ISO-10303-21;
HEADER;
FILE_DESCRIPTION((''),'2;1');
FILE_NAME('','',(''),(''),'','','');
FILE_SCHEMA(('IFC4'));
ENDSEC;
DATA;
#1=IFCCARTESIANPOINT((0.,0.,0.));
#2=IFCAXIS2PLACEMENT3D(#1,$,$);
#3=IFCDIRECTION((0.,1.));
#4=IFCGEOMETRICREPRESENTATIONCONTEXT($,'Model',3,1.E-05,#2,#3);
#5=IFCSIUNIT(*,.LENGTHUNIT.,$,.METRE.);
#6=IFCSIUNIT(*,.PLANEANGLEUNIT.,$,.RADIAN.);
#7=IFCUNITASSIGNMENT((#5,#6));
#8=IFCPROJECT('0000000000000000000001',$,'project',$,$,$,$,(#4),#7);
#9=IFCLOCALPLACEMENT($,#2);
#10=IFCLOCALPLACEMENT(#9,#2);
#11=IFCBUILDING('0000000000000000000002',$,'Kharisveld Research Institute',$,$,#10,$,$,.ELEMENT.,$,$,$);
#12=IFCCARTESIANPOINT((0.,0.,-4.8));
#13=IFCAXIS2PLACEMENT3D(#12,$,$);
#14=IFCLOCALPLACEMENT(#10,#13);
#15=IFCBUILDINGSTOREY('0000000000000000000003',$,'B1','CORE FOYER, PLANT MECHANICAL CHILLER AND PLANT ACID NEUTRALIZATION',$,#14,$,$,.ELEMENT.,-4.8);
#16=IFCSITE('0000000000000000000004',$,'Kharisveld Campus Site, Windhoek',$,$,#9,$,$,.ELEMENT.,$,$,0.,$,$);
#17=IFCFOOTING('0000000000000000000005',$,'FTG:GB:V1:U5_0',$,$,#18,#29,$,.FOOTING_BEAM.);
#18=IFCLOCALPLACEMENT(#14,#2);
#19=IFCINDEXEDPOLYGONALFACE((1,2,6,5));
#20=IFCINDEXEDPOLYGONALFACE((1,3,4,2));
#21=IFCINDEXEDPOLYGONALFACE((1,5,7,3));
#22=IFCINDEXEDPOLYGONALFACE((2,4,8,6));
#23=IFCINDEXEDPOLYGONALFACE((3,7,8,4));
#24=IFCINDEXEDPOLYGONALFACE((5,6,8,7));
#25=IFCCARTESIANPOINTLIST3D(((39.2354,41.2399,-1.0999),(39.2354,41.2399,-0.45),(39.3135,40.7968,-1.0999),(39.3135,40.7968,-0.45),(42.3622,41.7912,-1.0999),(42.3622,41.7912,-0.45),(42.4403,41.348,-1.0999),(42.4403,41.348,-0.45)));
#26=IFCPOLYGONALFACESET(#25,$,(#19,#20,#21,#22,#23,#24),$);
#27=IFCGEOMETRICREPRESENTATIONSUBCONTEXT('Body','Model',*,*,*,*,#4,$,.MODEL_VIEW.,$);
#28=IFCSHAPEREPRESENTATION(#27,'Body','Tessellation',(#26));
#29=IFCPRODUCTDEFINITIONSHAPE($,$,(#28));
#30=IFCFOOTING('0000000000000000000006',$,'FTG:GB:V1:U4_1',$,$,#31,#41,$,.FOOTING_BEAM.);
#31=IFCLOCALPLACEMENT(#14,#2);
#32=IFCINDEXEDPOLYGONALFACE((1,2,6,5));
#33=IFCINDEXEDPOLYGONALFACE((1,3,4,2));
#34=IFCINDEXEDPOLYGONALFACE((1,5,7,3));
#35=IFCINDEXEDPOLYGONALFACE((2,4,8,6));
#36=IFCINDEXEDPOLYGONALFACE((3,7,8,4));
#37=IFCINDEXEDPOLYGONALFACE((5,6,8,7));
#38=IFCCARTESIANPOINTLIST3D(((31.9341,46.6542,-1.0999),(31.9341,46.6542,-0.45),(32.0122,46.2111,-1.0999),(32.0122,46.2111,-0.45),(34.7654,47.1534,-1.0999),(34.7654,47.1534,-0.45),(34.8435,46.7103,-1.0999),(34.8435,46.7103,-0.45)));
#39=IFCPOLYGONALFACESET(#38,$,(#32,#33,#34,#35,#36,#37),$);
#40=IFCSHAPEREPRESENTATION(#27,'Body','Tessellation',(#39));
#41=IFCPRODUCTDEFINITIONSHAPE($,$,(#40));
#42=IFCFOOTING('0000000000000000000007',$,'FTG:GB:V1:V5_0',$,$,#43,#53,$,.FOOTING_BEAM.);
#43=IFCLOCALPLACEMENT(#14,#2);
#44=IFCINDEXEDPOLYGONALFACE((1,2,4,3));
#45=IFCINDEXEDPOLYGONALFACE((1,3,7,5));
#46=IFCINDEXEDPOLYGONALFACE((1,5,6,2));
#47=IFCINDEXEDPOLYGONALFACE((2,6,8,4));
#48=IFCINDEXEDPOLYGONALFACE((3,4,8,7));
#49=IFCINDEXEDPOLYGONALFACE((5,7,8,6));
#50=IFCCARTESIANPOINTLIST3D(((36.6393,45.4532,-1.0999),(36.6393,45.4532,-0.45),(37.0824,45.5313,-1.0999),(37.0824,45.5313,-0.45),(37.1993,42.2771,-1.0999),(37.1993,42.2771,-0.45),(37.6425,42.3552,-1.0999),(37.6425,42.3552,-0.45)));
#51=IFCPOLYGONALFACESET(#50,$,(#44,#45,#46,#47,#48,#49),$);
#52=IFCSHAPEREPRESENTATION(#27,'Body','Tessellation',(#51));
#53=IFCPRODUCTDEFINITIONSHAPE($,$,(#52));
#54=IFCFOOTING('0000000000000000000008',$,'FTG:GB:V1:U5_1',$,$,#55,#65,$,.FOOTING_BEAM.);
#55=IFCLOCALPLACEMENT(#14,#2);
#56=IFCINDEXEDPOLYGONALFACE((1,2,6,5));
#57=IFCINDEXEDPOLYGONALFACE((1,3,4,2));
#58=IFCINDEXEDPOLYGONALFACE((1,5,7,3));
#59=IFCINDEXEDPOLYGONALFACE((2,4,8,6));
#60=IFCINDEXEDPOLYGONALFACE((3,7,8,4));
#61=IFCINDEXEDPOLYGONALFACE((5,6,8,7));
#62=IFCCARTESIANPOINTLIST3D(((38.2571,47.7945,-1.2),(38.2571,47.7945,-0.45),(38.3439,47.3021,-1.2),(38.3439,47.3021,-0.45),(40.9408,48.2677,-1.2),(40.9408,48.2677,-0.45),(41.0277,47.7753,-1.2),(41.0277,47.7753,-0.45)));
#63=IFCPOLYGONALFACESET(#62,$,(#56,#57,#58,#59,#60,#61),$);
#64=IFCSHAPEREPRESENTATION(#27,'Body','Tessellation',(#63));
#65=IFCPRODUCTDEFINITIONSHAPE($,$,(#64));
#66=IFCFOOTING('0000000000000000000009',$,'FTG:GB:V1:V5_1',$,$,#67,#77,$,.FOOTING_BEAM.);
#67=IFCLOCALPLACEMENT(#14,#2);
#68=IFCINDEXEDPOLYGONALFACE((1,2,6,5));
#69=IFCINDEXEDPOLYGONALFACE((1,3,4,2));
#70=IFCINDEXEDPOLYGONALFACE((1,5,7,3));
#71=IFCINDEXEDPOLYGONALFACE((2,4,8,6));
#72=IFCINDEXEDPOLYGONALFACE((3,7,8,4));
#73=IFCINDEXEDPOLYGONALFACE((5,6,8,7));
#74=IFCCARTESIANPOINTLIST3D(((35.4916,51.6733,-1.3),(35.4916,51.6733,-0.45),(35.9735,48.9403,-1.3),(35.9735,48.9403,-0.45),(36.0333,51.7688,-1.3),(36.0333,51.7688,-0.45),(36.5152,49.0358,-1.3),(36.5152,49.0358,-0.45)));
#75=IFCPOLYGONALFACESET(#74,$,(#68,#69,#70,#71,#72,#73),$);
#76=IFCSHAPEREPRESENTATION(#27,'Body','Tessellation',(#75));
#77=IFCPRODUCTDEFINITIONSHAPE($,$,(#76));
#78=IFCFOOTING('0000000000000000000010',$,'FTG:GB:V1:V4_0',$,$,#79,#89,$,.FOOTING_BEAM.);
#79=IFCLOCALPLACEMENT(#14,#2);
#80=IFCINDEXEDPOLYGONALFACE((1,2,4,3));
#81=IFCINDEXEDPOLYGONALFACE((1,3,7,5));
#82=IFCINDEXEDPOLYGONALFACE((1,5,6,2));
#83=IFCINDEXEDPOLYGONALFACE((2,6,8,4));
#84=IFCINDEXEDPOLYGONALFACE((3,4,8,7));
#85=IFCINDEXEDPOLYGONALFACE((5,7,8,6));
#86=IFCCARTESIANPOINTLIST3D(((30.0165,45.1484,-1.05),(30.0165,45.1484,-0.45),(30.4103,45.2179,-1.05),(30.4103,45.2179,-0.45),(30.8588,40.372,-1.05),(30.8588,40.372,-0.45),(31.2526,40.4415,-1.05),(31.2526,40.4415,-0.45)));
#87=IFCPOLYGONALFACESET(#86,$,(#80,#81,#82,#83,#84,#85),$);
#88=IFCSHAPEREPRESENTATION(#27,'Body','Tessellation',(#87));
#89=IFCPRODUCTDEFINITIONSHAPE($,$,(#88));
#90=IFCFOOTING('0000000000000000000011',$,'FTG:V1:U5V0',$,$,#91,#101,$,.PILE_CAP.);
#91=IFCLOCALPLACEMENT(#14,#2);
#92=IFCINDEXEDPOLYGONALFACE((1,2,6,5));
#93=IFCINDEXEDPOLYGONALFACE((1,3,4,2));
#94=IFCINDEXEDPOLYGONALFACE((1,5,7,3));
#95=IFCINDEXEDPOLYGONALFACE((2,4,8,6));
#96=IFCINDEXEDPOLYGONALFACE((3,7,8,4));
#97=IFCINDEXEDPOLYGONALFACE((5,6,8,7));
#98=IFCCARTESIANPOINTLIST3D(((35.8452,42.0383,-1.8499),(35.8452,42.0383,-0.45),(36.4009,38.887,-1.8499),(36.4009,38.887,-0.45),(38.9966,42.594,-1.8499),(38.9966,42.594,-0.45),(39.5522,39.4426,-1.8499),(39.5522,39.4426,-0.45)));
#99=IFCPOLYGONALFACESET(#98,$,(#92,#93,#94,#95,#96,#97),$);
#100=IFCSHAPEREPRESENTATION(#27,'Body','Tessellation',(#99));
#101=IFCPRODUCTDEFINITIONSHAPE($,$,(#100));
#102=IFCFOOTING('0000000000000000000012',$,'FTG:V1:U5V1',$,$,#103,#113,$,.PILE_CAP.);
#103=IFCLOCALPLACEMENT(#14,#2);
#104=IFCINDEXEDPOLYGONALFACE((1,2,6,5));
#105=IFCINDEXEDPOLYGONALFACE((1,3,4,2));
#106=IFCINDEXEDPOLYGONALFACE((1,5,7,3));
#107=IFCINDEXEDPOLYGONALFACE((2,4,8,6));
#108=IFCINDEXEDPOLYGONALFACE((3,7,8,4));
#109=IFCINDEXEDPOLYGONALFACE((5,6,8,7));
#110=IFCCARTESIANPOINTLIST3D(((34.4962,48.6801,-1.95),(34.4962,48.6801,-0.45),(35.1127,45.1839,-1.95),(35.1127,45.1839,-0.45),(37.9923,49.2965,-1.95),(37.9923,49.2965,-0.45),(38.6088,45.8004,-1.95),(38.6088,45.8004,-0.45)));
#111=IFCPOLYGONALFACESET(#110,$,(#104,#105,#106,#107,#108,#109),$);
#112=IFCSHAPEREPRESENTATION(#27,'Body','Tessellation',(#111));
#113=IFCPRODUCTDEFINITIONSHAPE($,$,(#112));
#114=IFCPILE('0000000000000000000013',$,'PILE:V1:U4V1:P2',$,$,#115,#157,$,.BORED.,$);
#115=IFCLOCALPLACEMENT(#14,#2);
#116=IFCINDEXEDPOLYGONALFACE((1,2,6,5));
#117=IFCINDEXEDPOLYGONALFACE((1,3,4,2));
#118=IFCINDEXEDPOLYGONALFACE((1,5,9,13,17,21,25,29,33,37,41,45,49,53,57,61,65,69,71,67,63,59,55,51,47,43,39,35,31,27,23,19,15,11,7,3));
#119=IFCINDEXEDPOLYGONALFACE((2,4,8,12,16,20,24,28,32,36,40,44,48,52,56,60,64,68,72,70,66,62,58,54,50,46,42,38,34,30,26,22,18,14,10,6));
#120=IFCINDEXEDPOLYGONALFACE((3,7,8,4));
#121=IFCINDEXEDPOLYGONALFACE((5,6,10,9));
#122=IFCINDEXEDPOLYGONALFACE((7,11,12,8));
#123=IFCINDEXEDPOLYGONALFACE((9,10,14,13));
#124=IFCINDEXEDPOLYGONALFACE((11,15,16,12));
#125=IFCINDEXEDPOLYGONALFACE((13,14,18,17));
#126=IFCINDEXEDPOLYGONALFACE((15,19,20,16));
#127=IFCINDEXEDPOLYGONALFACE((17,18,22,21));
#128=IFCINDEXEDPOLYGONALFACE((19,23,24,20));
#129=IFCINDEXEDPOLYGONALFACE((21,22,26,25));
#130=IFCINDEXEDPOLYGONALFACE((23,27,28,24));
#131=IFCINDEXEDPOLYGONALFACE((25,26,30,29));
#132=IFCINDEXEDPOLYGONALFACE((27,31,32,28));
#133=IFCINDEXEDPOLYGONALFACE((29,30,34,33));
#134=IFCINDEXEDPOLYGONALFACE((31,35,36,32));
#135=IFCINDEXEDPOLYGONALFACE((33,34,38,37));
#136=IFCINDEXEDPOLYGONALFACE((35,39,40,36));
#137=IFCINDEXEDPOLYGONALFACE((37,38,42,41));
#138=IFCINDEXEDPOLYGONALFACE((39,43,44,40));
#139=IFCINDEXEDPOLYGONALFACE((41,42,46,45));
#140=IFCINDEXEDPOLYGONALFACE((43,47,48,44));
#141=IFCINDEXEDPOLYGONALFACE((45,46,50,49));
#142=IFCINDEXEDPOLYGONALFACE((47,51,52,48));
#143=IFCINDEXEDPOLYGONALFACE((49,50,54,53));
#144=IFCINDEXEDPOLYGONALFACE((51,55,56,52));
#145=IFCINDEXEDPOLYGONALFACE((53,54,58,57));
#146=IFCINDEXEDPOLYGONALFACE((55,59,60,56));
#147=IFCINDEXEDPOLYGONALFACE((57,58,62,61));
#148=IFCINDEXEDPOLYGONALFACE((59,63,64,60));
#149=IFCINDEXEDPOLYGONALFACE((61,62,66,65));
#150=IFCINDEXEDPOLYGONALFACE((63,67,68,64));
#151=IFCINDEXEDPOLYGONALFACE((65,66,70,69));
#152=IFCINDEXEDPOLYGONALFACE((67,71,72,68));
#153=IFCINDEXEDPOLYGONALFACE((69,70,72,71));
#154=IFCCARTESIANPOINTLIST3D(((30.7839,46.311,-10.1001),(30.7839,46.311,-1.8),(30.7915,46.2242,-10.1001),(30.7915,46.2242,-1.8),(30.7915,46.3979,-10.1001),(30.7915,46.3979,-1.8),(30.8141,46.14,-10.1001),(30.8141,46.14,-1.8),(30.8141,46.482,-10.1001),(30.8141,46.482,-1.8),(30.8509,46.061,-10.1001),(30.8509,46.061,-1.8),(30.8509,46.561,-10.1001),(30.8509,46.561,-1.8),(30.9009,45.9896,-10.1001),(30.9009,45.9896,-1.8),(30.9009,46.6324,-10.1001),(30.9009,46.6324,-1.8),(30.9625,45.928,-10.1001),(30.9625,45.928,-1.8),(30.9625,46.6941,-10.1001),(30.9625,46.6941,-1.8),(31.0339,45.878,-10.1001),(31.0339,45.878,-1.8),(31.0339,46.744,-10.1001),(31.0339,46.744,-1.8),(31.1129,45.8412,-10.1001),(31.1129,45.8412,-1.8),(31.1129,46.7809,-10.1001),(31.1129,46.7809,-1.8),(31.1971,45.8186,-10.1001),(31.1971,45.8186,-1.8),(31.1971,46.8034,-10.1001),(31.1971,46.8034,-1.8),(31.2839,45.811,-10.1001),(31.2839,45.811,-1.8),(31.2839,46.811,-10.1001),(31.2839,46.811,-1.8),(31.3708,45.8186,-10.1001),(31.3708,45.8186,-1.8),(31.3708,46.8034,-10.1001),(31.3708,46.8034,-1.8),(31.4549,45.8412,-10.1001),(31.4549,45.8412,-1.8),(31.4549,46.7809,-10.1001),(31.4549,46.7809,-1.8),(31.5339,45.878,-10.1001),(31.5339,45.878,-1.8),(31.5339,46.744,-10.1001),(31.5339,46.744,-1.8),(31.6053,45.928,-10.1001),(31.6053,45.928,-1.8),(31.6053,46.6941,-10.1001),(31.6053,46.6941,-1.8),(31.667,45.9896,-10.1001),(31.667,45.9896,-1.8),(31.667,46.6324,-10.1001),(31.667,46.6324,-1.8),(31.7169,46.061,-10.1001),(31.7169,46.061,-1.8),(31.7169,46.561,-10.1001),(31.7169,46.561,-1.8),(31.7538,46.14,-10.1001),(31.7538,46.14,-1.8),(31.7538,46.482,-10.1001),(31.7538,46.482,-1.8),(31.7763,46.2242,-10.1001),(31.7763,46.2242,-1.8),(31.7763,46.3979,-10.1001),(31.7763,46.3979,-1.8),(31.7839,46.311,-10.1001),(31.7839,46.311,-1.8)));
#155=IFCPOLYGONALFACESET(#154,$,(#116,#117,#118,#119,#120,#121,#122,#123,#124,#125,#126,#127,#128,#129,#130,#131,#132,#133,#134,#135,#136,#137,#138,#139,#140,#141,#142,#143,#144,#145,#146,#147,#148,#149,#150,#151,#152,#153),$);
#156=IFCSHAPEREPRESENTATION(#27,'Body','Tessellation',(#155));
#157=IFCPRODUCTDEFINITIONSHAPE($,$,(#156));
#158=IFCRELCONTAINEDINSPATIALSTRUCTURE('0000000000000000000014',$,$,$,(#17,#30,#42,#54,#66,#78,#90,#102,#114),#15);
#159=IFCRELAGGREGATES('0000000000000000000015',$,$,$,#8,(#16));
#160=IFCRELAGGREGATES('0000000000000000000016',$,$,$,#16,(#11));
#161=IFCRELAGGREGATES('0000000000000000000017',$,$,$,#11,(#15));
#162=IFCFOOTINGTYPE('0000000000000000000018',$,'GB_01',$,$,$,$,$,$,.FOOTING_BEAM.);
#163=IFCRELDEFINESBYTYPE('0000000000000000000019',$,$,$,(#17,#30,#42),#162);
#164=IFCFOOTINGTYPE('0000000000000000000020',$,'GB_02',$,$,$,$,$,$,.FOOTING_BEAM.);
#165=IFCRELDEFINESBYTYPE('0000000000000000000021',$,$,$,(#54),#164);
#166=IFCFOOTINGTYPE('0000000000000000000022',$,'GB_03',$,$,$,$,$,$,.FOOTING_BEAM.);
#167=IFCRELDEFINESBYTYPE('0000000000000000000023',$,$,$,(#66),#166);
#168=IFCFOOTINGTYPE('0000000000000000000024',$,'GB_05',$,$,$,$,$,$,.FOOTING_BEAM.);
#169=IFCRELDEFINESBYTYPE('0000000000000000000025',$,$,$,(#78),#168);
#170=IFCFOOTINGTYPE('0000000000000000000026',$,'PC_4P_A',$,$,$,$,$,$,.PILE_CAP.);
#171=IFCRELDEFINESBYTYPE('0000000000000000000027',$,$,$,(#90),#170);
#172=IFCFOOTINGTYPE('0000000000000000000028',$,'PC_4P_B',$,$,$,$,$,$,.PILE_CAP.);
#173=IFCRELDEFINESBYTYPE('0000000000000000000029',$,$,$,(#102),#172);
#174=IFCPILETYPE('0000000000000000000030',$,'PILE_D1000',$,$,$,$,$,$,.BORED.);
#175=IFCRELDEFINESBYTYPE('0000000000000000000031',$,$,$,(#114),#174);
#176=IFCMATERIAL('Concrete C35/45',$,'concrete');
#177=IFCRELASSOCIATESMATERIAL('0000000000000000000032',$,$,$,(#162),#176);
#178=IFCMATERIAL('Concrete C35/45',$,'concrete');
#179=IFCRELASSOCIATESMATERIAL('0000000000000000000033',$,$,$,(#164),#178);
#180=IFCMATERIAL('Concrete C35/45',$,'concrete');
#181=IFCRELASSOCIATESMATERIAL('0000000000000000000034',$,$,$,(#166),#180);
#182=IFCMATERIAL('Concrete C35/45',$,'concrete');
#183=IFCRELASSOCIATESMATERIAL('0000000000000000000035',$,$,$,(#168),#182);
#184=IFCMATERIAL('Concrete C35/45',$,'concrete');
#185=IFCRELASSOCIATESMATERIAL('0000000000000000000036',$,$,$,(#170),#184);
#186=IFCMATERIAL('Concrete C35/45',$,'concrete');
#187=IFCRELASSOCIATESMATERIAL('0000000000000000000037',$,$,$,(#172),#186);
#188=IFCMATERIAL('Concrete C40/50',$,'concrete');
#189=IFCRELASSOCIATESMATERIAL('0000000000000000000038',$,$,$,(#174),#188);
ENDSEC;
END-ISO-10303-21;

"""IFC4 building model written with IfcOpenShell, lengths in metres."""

from ifc_helpers import new_model, si_unit, direction, frame, origin, origin_2d, place, context, subcontext, project, spatial, rectangle, circle, extrude, material, material_profile, profile_set, type_object, element, save


model = new_model("IFC4")

# Units and contexts
model_context = context("Model", 3, precision=1e-05, world=origin(), true_north=direction((0.0, 1.0)))
body_context = subcontext(model_context, "Body", "Model", "MODEL_VIEW")
ifc_project = project(units=[si_unit("LENGTHUNIT", "METRE"), si_unit("PLANEANGLEUNIT", "RADIAN")], contexts=[model_context])

# Site, building, storey
site_placement = place(None, origin())
site = spatial("IfcSite", under=ifc_project, at=site_placement, Name="Kharisveld Campus Site, Windhoek", CompositionType="ELEMENT", RefElevation=0.0)
building_placement = place(site_placement, origin())
building = spatial("IfcBuilding", under=site, at=building_placement, Name="Kharisveld Research Institute", CompositionType="ELEMENT")
storey_placement = place(building_placement, frame((0.0, 0.0, -4.8)))
storey = spatial("IfcBuildingStorey", under=building, at=storey_placement, Name="B1", Description="CORE FOYER, PLANT MECHANICAL CHILLER AND PLANT ACID NEUTRALIZATION", CompositionType="ELEMENT", Elevation=-4.8)

# Footings
ifc_material_1 = material(Name="Concrete C35/45", Category="concrete")
ifc_material_profile_1 = material_profile(ifc_material_1, rectangle(XDim=0.45, YDim=0.6499, at=origin_2d()))
ifc_profile_set_1 = profile_set([ifc_material_profile_1], Name="Concrete C35/45")
footing_type_1 = type_object("IfcFootingType", Name="GB_01", PredefinedType="FOOTING_BEAM", material=ifc_profile_set_1)
footing_1_placement = place(storey_placement, frame((39.2744, 41.0183, -0.7749), z_axis=(0.984811, 0.173632, 0.0), x_axis=(-0.173632, 0.984811, 0.0)))
element("IfcFooting", 1, at=footing_1_placement, inside=storey, type_object=footing_type_1, Name="FTG:GB:V1:U5_0", PredefinedType="FOOTING_BEAM", context=body_context, shape_type="SweptSolid", body=[
    extrude(rectangle(XDim=0.45, YDim=0.6499, at=origin_2d()), origin(), (0.0, 0.0, 1.0), 3.175),
])
footing_2_placement = place(storey_placement, frame((31.9731, 46.4326, -0.7749), z_axis=(0.984806, 0.173659, 0.0), x_axis=(-0.173659, 0.984806, 0.0)))
element("IfcFooting", 2, at=footing_2_placement, inside=storey, type_object=footing_type_1, Name="FTG:GB:V1:U4_1", PredefinedType="FOOTING_BEAM", context=body_context, shape_type="SweptSolid", body=[
    extrude(rectangle(XDim=0.45, YDim=0.6499, at=origin_2d()), origin(), (0.0, 0.0, 1.0), 2.875),
])
footing_3_placement = place(storey_placement, frame((37.4209, 42.3162, -0.7749), z_axis=(-0.17366, 0.984806, 0.0), x_axis=(-0.984806, -0.17366, 0.0)))
element("IfcFooting", 3, at=footing_3_placement, inside=storey, type_object=footing_type_1, Name="FTG:GB:V1:V5_0", PredefinedType="FOOTING_BEAM", context=body_context, shape_type="SweptSolid", body=[
    extrude(rectangle(XDim=0.45, YDim=0.6499, at=origin_2d()), origin(), (0.0, 0.0, 1.0), 3.2251),
])
ifc_material_2 = material(Name="Concrete C35/45", Category="concrete")
ifc_material_profile_2 = material_profile(ifc_material_2, rectangle(XDim=0.5, YDim=0.75, at=origin_2d()))
ifc_profile_set_2 = profile_set([ifc_material_profile_2], Name="Concrete C35/45")
footing_type_2 = type_object("IfcFootingType", Name="GB_02", PredefinedType="FOOTING_BEAM", material=ifc_profile_set_2)
footing_4_placement = place(storey_placement, frame((38.3005, 47.5483, -0.825), z_axis=(0.984811, 0.173632, 0.0), x_axis=(-0.173632, 0.984811, 0.0)))
element("IfcFooting", 4, at=footing_4_placement, inside=storey, type_object=footing_type_2, Name="FTG:GB:V1:U5_1", PredefinedType="FOOTING_BEAM", context=body_context, shape_type="SweptSolid", body=[
    extrude(rectangle(XDim=0.5, YDim=0.75, at=origin_2d()), origin(), (0.0, 0.0, 1.0), 2.7251),
])
ifc_material_3 = material(Name="Concrete C35/45", Category="concrete")
ifc_material_profile_3 = material_profile(ifc_material_3, rectangle(XDim=0.55, YDim=0.8501, at=origin_2d()))
ifc_profile_set_3 = profile_set([ifc_material_profile_3], Name="Concrete C35/45")
footing_type_3 = type_object("IfcFootingType", Name="GB_03", PredefinedType="FOOTING_BEAM", material=ifc_profile_set_3)
footing_5_placement = place(storey_placement, frame((36.2444, 48.988, -0.875), z_axis=(-0.173665, 0.984805, 0.0), x_axis=(-0.984805, -0.173665, 0.0)))
element("IfcFooting", 5, at=footing_5_placement, inside=storey, type_object=footing_type_3, Name="FTG:GB:V1:V5_1", PredefinedType="FOOTING_BEAM", context=body_context, shape_type="SweptSolid", body=[
    extrude(rectangle(XDim=0.55, YDim=0.8501, at=origin_2d()), origin(), (0.0, 0.0, 1.0), 2.7751),
])
ifc_material_4 = material(Name="Concrete C35/45", Category="concrete")
ifc_material_profile_4 = material_profile(ifc_material_4, rectangle(XDim=0.3999, YDim=0.6001, at=origin_2d()))
ifc_profile_set_4 = profile_set([ifc_material_profile_4], Name="Concrete C35/45")
footing_type_4 = type_object("IfcFootingType", Name="GB_05", PredefinedType="FOOTING_BEAM", material=ifc_profile_set_4)
footing_6_placement = place(storey_placement, frame((31.0557, 40.4067, -0.75), z_axis=(-0.173665, 0.984805, 0.0), x_axis=(-0.984805, -0.173665, 0.0)))
element("IfcFooting", 6, at=footing_6_placement, inside=storey, type_object=footing_type_4, Name="FTG:GB:V1:V4_0", PredefinedType="FOOTING_BEAM", context=body_context, shape_type="SweptSolid", body=[
    extrude(rectangle(XDim=0.3999, YDim=0.6001, at=origin_2d()), origin(), (0.0, 0.0, 1.0), 4.8501),
])
ifc_material_5 = material(Name="Concrete C35/45", Category="concrete")
footing_type_5 = type_object("IfcFootingType", Name="PC_4P_A", PredefinedType="PILE_CAP", material=ifc_material_5)
footing_7_placement = place(storey_placement, frame((37.6987, 40.7405, -1.8499), z_axis=(0.0, 0.0, 1.0), x_axis=(0.984808, 0.173648, 0.0)))
element("IfcFooting", 7, at=footing_7_placement, inside=storey, type_object=footing_type_5, Name="FTG:V1:U5V0", PredefinedType="PILE_CAP", context=body_context, shape_type="SweptSolid", body=[
    extrude(rectangle(XDim=3.2, YDim=3.2, at=origin_2d()), origin(), (0.0, 0.0, 1.0), 1.3999),
])
ifc_material_6 = material(Name="Concrete C35/45", Category="concrete")
footing_type_6 = type_object("IfcFootingType", Name="PC_4P_B", PredefinedType="PILE_CAP", material=ifc_material_6)
footing_8_placement = place(storey_placement, frame((36.5525, 47.2402, -1.95), z_axis=(0.0, 0.0, 1.0), x_axis=(0.984808, 0.173648, 0.0)))
element("IfcFooting", 8, at=footing_8_placement, inside=storey, type_object=footing_type_6, Name="FTG:V1:U5V1", PredefinedType="PILE_CAP", context=body_context, shape_type="SweptSolid", body=[
    extrude(rectangle(XDim=3.55, YDim=3.55, at=origin_2d()), origin(), (0.0, 0.0, 1.0), 1.5),
])

# Pile
ifc_material_7 = material(Name="Concrete C40/50", Category="concrete")
ifc_material_profile_5 = material_profile(ifc_material_7, circle(Radius=0.5, at=origin_2d()))
ifc_profile_set_5 = profile_set([ifc_material_profile_5], Name="Concrete C40/50")
pile_type_1 = type_object("IfcPileType", Name="PILE_D1000", PredefinedType="BORED", material=ifc_profile_set_5)
pile_placement = place(storey_placement, frame((31.2839, 46.311, -1.8), z_axis=(0.0, 0.0, -1.0), x_axis=(1.0, 0.0, 0.0)))
element("IfcPile", 9, at=pile_placement, inside=storey, type_object=pile_type_1, Name="PILE:V1:U4V1:P2", PredefinedType="BORED", context=body_context, shape_type="SweptSolid", body=[
    extrude(circle(Radius=0.5, at=origin_2d()), origin(), (0.0, 0.0, 1.0), 8.3),
])

save(model, "model.ifc")
